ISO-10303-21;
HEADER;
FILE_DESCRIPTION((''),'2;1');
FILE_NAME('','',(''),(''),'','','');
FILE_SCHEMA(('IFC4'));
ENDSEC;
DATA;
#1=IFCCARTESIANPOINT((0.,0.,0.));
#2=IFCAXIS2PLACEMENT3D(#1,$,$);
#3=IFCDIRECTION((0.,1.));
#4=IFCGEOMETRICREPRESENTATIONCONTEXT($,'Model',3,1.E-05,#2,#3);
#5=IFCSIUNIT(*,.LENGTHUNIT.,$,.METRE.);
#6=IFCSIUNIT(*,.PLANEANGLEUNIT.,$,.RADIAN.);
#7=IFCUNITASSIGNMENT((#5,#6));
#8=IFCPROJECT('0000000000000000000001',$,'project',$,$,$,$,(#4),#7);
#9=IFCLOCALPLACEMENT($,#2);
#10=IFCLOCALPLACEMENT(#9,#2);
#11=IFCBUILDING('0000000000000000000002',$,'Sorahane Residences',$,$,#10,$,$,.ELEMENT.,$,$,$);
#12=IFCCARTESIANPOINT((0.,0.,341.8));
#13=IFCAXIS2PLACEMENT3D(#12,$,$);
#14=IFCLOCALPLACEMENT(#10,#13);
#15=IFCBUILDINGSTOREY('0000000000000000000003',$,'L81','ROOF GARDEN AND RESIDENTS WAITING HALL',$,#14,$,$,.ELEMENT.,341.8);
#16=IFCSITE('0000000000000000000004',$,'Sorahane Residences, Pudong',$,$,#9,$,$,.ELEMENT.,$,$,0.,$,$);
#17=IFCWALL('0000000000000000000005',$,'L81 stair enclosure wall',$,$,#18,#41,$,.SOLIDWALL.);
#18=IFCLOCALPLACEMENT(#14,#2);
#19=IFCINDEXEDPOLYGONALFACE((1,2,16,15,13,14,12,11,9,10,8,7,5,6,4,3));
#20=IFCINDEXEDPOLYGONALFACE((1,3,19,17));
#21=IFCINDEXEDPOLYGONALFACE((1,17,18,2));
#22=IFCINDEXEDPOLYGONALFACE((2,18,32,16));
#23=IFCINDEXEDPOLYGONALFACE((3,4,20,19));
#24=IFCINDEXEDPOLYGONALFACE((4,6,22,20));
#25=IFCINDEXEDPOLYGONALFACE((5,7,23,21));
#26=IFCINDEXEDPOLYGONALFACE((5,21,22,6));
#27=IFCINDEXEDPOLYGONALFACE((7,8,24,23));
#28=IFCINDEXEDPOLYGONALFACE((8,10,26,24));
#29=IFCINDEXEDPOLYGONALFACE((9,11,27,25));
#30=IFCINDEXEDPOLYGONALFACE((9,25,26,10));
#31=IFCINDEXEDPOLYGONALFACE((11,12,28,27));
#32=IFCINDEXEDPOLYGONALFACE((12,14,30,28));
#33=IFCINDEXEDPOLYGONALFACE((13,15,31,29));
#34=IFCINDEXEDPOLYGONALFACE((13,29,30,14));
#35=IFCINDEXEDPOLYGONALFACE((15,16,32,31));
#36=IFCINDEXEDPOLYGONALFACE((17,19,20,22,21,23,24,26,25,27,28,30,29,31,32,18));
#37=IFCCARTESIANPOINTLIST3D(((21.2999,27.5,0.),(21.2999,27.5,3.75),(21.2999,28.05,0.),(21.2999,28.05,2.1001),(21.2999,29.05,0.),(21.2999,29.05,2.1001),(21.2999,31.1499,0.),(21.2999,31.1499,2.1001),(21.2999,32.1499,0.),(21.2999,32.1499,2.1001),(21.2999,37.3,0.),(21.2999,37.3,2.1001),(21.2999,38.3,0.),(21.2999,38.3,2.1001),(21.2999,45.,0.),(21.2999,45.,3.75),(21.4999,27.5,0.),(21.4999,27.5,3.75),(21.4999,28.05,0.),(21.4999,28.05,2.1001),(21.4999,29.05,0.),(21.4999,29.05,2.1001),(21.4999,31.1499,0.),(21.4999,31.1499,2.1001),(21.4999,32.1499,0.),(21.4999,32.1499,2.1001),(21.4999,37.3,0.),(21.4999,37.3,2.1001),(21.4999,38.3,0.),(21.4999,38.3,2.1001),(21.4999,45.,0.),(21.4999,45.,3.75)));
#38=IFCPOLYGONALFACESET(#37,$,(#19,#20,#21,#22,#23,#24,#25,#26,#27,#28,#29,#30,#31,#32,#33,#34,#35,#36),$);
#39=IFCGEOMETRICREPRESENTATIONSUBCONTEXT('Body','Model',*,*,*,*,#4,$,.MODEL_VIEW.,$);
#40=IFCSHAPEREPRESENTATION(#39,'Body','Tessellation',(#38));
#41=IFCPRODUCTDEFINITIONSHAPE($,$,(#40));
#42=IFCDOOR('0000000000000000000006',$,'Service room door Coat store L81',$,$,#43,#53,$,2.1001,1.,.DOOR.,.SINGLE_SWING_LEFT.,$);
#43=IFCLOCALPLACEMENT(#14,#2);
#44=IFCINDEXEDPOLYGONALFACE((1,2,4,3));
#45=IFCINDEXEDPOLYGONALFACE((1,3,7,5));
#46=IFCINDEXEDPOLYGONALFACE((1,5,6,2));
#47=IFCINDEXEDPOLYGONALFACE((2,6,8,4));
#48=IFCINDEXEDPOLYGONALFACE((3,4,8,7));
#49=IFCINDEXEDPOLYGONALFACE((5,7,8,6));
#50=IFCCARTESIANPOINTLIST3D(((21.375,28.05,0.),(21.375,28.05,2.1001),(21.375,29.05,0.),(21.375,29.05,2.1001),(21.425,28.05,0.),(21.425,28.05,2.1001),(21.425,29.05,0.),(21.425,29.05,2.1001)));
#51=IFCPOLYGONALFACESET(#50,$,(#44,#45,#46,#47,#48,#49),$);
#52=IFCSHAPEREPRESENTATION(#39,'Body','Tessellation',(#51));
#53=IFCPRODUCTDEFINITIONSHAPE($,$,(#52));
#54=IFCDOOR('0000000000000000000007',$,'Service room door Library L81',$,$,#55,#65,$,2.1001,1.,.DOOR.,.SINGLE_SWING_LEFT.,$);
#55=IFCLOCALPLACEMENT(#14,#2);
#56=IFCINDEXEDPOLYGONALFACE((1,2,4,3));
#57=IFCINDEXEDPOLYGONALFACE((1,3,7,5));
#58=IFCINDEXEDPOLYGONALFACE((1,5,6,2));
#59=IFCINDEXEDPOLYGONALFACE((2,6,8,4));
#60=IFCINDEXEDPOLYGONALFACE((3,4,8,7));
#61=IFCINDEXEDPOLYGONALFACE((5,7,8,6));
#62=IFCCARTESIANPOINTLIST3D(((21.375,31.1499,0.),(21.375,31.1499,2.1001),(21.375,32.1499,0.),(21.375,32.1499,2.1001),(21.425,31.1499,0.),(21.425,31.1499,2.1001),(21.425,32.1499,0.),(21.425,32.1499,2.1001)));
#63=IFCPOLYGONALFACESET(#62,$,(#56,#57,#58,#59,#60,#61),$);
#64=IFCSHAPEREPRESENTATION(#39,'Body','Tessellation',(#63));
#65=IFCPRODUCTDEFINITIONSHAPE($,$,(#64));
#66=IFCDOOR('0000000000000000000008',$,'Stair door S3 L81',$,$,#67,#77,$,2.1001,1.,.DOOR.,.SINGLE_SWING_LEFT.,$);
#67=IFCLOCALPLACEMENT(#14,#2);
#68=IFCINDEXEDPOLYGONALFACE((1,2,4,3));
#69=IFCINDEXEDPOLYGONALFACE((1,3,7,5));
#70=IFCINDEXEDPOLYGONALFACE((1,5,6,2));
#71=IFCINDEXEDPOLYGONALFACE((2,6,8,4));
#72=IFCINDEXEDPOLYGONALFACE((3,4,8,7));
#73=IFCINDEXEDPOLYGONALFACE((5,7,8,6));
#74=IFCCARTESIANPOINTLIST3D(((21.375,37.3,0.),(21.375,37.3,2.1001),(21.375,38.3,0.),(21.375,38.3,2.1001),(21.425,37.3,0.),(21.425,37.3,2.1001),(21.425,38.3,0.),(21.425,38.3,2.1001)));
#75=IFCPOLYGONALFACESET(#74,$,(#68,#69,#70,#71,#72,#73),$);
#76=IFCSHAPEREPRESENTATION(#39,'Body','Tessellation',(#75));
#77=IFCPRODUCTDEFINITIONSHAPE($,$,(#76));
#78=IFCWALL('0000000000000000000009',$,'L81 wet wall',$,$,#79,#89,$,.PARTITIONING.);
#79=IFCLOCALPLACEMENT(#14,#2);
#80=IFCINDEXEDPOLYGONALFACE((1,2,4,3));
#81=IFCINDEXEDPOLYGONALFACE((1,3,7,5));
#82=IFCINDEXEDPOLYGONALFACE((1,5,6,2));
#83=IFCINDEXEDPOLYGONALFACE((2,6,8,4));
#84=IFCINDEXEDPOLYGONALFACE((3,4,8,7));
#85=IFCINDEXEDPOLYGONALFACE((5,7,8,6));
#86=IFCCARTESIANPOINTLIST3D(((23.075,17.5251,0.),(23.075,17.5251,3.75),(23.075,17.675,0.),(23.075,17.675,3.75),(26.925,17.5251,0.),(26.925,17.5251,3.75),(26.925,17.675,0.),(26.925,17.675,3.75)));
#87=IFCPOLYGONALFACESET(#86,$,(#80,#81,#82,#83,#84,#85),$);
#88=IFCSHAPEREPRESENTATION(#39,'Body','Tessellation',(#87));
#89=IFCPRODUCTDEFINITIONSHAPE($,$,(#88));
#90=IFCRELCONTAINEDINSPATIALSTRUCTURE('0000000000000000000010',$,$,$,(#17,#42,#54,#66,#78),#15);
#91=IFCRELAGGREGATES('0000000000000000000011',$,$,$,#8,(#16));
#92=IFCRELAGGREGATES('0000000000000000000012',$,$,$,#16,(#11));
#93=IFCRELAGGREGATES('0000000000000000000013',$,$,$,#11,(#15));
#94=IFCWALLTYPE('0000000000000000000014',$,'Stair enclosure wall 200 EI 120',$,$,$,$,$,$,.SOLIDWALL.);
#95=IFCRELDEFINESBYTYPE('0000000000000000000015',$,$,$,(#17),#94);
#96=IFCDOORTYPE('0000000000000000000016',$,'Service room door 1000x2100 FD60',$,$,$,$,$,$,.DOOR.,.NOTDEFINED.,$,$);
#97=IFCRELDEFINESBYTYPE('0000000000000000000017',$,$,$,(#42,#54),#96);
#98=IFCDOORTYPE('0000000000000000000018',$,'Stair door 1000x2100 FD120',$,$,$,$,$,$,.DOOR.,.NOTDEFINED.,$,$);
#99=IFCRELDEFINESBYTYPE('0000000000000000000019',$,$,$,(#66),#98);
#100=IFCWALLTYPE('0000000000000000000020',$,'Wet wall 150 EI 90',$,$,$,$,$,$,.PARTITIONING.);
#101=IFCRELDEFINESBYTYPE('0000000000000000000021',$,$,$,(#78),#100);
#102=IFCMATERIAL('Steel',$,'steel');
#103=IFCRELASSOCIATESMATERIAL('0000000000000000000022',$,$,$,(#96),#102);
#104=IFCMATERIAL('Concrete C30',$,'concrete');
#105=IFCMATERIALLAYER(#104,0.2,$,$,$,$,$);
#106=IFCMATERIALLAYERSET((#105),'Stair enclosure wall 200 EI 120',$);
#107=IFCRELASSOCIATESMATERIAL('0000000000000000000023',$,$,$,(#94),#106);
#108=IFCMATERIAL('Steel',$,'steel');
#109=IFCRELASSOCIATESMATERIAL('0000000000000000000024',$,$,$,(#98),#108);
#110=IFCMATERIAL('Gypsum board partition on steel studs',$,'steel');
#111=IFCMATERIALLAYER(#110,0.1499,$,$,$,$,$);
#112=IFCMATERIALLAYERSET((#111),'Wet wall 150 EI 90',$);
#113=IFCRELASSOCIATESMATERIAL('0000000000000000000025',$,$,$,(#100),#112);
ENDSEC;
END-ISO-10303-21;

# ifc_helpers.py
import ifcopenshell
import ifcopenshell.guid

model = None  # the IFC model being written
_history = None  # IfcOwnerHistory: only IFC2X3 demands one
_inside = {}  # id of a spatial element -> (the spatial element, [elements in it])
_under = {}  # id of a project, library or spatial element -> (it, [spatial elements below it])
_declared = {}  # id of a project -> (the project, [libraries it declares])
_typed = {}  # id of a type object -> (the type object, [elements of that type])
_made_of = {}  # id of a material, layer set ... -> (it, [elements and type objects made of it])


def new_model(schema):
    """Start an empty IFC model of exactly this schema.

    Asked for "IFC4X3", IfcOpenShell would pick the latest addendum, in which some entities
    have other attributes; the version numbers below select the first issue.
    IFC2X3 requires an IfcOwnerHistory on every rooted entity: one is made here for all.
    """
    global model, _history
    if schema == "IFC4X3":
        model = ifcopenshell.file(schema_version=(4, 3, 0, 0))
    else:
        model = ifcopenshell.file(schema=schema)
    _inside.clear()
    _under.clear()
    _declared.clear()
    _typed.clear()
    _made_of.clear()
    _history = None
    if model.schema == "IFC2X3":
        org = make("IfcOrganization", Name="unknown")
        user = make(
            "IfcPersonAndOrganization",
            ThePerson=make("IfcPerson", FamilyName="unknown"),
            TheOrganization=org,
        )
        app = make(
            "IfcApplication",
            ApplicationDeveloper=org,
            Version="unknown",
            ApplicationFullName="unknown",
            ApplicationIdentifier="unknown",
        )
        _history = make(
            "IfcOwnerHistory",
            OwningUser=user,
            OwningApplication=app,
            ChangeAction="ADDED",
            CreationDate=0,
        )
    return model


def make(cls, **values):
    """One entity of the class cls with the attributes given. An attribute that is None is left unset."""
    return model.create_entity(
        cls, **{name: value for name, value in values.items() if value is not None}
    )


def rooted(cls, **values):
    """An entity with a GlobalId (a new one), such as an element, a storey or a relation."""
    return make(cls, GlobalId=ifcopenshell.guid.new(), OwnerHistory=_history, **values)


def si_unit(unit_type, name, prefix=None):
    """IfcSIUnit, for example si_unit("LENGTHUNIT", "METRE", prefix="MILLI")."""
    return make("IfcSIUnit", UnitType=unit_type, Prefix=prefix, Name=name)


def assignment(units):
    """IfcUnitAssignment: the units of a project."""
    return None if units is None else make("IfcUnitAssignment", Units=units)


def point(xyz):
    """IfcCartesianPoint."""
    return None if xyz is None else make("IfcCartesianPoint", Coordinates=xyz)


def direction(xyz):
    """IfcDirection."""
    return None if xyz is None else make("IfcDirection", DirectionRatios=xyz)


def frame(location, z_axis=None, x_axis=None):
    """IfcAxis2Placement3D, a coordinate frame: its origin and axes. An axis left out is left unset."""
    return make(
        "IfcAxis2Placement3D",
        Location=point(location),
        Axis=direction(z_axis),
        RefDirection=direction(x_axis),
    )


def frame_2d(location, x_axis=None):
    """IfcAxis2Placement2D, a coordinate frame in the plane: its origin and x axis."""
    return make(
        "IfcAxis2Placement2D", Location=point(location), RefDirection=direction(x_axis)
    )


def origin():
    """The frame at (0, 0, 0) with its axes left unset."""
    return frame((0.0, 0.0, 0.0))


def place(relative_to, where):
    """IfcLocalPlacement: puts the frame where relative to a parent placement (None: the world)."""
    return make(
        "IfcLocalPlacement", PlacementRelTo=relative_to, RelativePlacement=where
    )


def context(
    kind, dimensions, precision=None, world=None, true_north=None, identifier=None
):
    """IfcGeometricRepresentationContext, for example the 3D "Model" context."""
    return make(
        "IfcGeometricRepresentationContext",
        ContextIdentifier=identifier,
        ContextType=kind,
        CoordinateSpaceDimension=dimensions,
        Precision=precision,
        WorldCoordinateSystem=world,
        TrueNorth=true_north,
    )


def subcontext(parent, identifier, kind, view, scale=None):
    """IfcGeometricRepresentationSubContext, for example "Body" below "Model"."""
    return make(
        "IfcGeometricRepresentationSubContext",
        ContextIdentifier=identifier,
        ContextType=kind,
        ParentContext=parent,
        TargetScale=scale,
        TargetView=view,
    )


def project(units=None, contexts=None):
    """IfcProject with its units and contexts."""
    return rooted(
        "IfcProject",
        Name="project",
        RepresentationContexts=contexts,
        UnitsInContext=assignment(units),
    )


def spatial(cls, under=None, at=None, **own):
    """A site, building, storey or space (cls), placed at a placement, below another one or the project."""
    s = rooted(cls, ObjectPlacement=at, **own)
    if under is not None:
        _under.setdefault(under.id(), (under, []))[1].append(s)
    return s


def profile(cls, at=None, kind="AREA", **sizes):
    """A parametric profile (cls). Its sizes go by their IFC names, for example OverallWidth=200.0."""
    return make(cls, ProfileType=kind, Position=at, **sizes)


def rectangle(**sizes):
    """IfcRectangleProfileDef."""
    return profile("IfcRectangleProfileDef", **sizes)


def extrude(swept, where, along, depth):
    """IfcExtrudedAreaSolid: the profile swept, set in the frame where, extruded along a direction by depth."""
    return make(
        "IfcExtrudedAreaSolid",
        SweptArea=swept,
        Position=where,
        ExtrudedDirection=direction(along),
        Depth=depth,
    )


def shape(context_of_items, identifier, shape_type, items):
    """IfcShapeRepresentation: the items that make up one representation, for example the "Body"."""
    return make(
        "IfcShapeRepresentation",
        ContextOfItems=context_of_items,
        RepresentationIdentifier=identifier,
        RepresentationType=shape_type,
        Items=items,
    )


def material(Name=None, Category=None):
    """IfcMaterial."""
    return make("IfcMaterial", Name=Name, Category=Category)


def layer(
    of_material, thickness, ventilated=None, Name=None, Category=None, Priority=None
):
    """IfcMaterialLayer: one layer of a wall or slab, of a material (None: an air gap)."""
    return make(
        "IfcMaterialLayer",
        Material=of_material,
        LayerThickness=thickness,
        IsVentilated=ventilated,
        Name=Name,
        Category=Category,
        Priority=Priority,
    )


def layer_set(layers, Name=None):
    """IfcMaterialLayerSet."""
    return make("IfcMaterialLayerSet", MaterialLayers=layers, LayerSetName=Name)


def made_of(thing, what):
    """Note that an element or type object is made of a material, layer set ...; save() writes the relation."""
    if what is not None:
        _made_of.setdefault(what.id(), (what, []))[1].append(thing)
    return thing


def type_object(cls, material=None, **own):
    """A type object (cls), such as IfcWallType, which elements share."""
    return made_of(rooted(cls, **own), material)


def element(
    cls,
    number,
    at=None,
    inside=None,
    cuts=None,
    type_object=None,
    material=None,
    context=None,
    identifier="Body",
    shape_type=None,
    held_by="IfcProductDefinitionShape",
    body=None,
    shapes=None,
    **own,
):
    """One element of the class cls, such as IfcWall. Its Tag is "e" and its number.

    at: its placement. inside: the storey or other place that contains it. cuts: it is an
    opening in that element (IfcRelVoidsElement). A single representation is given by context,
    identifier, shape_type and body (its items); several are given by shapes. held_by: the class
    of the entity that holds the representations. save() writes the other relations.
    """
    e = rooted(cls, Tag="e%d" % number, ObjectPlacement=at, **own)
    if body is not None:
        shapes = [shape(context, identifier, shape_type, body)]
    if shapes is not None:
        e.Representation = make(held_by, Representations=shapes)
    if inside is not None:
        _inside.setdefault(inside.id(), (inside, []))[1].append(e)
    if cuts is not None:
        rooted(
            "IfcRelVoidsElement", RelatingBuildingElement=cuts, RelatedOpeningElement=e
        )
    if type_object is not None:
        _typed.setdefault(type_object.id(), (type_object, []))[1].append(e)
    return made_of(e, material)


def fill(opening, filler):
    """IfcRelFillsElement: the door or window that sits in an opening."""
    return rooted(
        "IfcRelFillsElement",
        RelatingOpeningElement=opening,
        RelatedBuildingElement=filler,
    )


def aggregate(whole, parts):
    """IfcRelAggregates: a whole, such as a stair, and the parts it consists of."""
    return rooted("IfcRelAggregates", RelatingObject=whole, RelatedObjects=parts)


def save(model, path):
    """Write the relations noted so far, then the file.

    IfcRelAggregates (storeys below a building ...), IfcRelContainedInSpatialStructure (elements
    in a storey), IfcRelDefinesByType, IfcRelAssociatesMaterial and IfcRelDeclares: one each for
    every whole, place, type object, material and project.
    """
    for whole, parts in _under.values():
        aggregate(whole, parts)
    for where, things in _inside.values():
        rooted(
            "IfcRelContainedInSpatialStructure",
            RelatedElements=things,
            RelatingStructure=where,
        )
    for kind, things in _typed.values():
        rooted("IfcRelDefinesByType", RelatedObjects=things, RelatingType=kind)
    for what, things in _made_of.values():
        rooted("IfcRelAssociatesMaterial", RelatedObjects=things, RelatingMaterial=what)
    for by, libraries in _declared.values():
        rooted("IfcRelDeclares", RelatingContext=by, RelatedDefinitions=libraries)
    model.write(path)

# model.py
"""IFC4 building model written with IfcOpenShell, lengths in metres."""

from ifc_helpers import new_model, si_unit, direction, frame, frame_2d, origin, place, context, subcontext, project, spatial, rectangle, extrude, material, layer, layer_set, type_object, element, fill, save


model = new_model("IFC4")

# Units and contexts
model_context = context("Model", 3, precision=1e-05, world=origin(), true_north=direction((0.0, 1.0)))
body_context = subcontext(model_context, "Body", "Model", "MODEL_VIEW")
ifc_project = project(units=[si_unit("LENGTHUNIT", "METRE"), si_unit("PLANEANGLEUNIT", "RADIAN")], contexts=[model_context])

# Site, building, storey
site_placement = place(None, origin())
site = spatial("IfcSite", under=ifc_project, at=site_placement, Name="Sorahane Residences, Pudong", CompositionType="ELEMENT", RefElevation=0.0)
building_placement = place(site_placement, origin())
building = spatial("IfcBuilding", under=site, at=building_placement, Name="Sorahane Residences", CompositionType="ELEMENT")
storey_placement = place(building_placement, frame((0.0, 0.0, 341.8)))
storey = spatial("IfcBuildingStorey", under=building, at=storey_placement, Name="L81", Description="ROOF GARDEN AND RESIDENTS WAITING HALL", CompositionType="ELEMENT", Elevation=341.8)

# Shared definitions
ifc_material_1 = material(Name="Steel", Category="steel")
door_type_1 = type_object("IfcDoorType", Name="Service room door 1000x2100 FD60", OperationType="NOTDEFINED", PredefinedType="DOOR", material=ifc_material_1)

# Wall, openings, doors
ifc_material_2 = material(Name="Concrete C30", Category="concrete")
ifc_layer_1 = layer(ifc_material_2, 0.2)
ifc_layer_set_1 = layer_set([ifc_layer_1], Name="Stair enclosure wall 200 EI 120")
wall_type_1 = type_object("IfcWallType", Name="Stair enclosure wall 200 EI 120", PredefinedType="SOLIDWALL", material=ifc_layer_set_1)
wall_1_placement = place(storey_placement, frame((21.3999, 27.5, 0.0), z_axis=(0.0, 0.0, 1.0), x_axis=(0.0, 1.0, 0.0)))
wall_1 = element("IfcWall", 1, at=wall_1_placement, inside=storey, type_object=wall_type_1, Name="L81 stair enclosure wall", PredefinedType="SOLIDWALL", context=body_context, shape_type="SweptSolid", body=[
    extrude(rectangle(XDim=17.5, YDim=0.2, at=frame_2d((8.75, 0.0))), origin(), (0.0, 0.0, 1.0), 3.75),
])
opening_1_placement = place(wall_1_placement, frame((0.55, 0.0, 0.0)))
opening_1 = element("IfcOpeningElement", 2, at=opening_1_placement, cuts=wall_1, PredefinedType="OPENING", context=body_context, shape_type="SweptSolid", body=[
    extrude(rectangle(XDim=1.0, YDim=2.1001, at=frame_2d((0.5, 1.05))), frame((0.0, 0.1099, 0.0), z_axis=(0.0, -1.0, 0.0), x_axis=(1.0, 0.0, 0.0)), (0.0, 0.0, 1.0), 0.22),
])
opening_2_placement = place(wall_1_placement, frame((3.6499, 0.0, 0.0)))
opening_2 = element("IfcOpeningElement", 3, at=opening_2_placement, cuts=wall_1, PredefinedType="OPENING", context=body_context, shape_type="SweptSolid", body=[
    extrude(rectangle(XDim=1.0, YDim=2.1001, at=frame_2d((0.5, 1.05))), frame((0.0, 0.1099, 0.0), z_axis=(0.0, -1.0, 0.0), x_axis=(1.0, 0.0, 0.0)), (0.0, 0.0, 1.0), 0.22),
])
opening_3_placement = place(wall_1_placement, frame((9.8, 0.0, 0.0)))
opening_3 = element("IfcOpeningElement", 4, at=opening_3_placement, cuts=wall_1, PredefinedType="OPENING", context=body_context, shape_type="SweptSolid", body=[
    extrude(rectangle(XDim=1.0, YDim=2.1001, at=frame_2d((0.5, 1.05))), frame((0.0, 0.1099, 0.0), z_axis=(0.0, -1.0, 0.0), x_axis=(1.0, 0.0, 0.0)), (0.0, 0.0, 1.0), 0.22),
])
door_1_placement = place(opening_1_placement, origin())
door_1 = element("IfcDoor", 5, at=door_1_placement, inside=storey, type_object=door_type_1, Name="Service room door Coat store L81", OperationType="SINGLE_SWING_LEFT", OverallHeight=2.1001, OverallWidth=1.0, PredefinedType="DOOR", context=body_context, shape_type="SweptSolid", body=[
    extrude(rectangle(XDim=1.0, YDim=2.1001, at=frame_2d((0.5, 1.05))), frame((0.0, 0.0249, 0.0), z_axis=(0.0, -1.0, 0.0), x_axis=(1.0, 0.0, 0.0)), (0.0, 0.0, 1.0), 0.05),
])
fill(opening_1, door_1)
door_2_placement = place(opening_2_placement, origin())
door_2 = element("IfcDoor", 6, at=door_2_placement, inside=storey, type_object=door_type_1, Name="Service room door Library L81", OperationType="SINGLE_SWING_LEFT", OverallHeight=2.1001, OverallWidth=1.0, PredefinedType="DOOR", context=body_context, shape_type="SweptSolid", body=[
    extrude(rectangle(XDim=1.0, YDim=2.1001, at=frame_2d((0.5, 1.05))), frame((0.0, 0.0249, 0.0), z_axis=(0.0, -1.0, 0.0), x_axis=(1.0, 0.0, 0.0)), (0.0, 0.0, 1.0), 0.05),
])
fill(opening_2, door_2)
ifc_material_3 = material(Name="Steel", Category="steel")
door_type_2 = type_object("IfcDoorType", Name="Stair door 1000x2100 FD120", OperationType="NOTDEFINED", PredefinedType="DOOR", material=ifc_material_3)
door_3_placement = place(opening_3_placement, origin())
door_3 = element("IfcDoor", 7, at=door_3_placement, inside=storey, type_object=door_type_2, Name="Stair door S3 L81", OperationType="SINGLE_SWING_LEFT", OverallHeight=2.1001, OverallWidth=1.0, PredefinedType="DOOR", context=body_context, shape_type="SweptSolid", body=[
    extrude(rectangle(XDim=1.0, YDim=2.1001, at=frame_2d((0.5, 1.05))), frame((0.0, 0.0249, 0.0), z_axis=(0.0, -1.0, 0.0), x_axis=(1.0, 0.0, 0.0)), (0.0, 0.0, 1.0), 0.05),
])
fill(opening_3, door_3)

# Wall
ifc_material_4 = material(Name="Gypsum board partition on steel studs", Category="steel")
ifc_layer_2 = layer(ifc_material_4, 0.1499)
ifc_layer_set_2 = layer_set([ifc_layer_2], Name="Wet wall 150 EI 90")
wall_type_2 = type_object("IfcWallType", Name="Wet wall 150 EI 90", PredefinedType="PARTITIONING", material=ifc_layer_set_2)
wall_2_placement = place(storey_placement, frame((23.075, 17.6001, 0.0), z_axis=(0.0, 0.0, 1.0), x_axis=(1.0, 0.0, 0.0)))
element("IfcWall", 8, at=wall_2_placement, inside=storey, type_object=wall_type_2, Name="L81 wet wall", PredefinedType="PARTITIONING", context=body_context, shape_type="SweptSolid", body=[
    extrude(rectangle(XDim=3.8501, YDim=0.1499, at=frame_2d((1.925, 0.0))), origin(), (0.0, 0.0, 1.0), 3.75),
])

save(model, "model.ifc")
